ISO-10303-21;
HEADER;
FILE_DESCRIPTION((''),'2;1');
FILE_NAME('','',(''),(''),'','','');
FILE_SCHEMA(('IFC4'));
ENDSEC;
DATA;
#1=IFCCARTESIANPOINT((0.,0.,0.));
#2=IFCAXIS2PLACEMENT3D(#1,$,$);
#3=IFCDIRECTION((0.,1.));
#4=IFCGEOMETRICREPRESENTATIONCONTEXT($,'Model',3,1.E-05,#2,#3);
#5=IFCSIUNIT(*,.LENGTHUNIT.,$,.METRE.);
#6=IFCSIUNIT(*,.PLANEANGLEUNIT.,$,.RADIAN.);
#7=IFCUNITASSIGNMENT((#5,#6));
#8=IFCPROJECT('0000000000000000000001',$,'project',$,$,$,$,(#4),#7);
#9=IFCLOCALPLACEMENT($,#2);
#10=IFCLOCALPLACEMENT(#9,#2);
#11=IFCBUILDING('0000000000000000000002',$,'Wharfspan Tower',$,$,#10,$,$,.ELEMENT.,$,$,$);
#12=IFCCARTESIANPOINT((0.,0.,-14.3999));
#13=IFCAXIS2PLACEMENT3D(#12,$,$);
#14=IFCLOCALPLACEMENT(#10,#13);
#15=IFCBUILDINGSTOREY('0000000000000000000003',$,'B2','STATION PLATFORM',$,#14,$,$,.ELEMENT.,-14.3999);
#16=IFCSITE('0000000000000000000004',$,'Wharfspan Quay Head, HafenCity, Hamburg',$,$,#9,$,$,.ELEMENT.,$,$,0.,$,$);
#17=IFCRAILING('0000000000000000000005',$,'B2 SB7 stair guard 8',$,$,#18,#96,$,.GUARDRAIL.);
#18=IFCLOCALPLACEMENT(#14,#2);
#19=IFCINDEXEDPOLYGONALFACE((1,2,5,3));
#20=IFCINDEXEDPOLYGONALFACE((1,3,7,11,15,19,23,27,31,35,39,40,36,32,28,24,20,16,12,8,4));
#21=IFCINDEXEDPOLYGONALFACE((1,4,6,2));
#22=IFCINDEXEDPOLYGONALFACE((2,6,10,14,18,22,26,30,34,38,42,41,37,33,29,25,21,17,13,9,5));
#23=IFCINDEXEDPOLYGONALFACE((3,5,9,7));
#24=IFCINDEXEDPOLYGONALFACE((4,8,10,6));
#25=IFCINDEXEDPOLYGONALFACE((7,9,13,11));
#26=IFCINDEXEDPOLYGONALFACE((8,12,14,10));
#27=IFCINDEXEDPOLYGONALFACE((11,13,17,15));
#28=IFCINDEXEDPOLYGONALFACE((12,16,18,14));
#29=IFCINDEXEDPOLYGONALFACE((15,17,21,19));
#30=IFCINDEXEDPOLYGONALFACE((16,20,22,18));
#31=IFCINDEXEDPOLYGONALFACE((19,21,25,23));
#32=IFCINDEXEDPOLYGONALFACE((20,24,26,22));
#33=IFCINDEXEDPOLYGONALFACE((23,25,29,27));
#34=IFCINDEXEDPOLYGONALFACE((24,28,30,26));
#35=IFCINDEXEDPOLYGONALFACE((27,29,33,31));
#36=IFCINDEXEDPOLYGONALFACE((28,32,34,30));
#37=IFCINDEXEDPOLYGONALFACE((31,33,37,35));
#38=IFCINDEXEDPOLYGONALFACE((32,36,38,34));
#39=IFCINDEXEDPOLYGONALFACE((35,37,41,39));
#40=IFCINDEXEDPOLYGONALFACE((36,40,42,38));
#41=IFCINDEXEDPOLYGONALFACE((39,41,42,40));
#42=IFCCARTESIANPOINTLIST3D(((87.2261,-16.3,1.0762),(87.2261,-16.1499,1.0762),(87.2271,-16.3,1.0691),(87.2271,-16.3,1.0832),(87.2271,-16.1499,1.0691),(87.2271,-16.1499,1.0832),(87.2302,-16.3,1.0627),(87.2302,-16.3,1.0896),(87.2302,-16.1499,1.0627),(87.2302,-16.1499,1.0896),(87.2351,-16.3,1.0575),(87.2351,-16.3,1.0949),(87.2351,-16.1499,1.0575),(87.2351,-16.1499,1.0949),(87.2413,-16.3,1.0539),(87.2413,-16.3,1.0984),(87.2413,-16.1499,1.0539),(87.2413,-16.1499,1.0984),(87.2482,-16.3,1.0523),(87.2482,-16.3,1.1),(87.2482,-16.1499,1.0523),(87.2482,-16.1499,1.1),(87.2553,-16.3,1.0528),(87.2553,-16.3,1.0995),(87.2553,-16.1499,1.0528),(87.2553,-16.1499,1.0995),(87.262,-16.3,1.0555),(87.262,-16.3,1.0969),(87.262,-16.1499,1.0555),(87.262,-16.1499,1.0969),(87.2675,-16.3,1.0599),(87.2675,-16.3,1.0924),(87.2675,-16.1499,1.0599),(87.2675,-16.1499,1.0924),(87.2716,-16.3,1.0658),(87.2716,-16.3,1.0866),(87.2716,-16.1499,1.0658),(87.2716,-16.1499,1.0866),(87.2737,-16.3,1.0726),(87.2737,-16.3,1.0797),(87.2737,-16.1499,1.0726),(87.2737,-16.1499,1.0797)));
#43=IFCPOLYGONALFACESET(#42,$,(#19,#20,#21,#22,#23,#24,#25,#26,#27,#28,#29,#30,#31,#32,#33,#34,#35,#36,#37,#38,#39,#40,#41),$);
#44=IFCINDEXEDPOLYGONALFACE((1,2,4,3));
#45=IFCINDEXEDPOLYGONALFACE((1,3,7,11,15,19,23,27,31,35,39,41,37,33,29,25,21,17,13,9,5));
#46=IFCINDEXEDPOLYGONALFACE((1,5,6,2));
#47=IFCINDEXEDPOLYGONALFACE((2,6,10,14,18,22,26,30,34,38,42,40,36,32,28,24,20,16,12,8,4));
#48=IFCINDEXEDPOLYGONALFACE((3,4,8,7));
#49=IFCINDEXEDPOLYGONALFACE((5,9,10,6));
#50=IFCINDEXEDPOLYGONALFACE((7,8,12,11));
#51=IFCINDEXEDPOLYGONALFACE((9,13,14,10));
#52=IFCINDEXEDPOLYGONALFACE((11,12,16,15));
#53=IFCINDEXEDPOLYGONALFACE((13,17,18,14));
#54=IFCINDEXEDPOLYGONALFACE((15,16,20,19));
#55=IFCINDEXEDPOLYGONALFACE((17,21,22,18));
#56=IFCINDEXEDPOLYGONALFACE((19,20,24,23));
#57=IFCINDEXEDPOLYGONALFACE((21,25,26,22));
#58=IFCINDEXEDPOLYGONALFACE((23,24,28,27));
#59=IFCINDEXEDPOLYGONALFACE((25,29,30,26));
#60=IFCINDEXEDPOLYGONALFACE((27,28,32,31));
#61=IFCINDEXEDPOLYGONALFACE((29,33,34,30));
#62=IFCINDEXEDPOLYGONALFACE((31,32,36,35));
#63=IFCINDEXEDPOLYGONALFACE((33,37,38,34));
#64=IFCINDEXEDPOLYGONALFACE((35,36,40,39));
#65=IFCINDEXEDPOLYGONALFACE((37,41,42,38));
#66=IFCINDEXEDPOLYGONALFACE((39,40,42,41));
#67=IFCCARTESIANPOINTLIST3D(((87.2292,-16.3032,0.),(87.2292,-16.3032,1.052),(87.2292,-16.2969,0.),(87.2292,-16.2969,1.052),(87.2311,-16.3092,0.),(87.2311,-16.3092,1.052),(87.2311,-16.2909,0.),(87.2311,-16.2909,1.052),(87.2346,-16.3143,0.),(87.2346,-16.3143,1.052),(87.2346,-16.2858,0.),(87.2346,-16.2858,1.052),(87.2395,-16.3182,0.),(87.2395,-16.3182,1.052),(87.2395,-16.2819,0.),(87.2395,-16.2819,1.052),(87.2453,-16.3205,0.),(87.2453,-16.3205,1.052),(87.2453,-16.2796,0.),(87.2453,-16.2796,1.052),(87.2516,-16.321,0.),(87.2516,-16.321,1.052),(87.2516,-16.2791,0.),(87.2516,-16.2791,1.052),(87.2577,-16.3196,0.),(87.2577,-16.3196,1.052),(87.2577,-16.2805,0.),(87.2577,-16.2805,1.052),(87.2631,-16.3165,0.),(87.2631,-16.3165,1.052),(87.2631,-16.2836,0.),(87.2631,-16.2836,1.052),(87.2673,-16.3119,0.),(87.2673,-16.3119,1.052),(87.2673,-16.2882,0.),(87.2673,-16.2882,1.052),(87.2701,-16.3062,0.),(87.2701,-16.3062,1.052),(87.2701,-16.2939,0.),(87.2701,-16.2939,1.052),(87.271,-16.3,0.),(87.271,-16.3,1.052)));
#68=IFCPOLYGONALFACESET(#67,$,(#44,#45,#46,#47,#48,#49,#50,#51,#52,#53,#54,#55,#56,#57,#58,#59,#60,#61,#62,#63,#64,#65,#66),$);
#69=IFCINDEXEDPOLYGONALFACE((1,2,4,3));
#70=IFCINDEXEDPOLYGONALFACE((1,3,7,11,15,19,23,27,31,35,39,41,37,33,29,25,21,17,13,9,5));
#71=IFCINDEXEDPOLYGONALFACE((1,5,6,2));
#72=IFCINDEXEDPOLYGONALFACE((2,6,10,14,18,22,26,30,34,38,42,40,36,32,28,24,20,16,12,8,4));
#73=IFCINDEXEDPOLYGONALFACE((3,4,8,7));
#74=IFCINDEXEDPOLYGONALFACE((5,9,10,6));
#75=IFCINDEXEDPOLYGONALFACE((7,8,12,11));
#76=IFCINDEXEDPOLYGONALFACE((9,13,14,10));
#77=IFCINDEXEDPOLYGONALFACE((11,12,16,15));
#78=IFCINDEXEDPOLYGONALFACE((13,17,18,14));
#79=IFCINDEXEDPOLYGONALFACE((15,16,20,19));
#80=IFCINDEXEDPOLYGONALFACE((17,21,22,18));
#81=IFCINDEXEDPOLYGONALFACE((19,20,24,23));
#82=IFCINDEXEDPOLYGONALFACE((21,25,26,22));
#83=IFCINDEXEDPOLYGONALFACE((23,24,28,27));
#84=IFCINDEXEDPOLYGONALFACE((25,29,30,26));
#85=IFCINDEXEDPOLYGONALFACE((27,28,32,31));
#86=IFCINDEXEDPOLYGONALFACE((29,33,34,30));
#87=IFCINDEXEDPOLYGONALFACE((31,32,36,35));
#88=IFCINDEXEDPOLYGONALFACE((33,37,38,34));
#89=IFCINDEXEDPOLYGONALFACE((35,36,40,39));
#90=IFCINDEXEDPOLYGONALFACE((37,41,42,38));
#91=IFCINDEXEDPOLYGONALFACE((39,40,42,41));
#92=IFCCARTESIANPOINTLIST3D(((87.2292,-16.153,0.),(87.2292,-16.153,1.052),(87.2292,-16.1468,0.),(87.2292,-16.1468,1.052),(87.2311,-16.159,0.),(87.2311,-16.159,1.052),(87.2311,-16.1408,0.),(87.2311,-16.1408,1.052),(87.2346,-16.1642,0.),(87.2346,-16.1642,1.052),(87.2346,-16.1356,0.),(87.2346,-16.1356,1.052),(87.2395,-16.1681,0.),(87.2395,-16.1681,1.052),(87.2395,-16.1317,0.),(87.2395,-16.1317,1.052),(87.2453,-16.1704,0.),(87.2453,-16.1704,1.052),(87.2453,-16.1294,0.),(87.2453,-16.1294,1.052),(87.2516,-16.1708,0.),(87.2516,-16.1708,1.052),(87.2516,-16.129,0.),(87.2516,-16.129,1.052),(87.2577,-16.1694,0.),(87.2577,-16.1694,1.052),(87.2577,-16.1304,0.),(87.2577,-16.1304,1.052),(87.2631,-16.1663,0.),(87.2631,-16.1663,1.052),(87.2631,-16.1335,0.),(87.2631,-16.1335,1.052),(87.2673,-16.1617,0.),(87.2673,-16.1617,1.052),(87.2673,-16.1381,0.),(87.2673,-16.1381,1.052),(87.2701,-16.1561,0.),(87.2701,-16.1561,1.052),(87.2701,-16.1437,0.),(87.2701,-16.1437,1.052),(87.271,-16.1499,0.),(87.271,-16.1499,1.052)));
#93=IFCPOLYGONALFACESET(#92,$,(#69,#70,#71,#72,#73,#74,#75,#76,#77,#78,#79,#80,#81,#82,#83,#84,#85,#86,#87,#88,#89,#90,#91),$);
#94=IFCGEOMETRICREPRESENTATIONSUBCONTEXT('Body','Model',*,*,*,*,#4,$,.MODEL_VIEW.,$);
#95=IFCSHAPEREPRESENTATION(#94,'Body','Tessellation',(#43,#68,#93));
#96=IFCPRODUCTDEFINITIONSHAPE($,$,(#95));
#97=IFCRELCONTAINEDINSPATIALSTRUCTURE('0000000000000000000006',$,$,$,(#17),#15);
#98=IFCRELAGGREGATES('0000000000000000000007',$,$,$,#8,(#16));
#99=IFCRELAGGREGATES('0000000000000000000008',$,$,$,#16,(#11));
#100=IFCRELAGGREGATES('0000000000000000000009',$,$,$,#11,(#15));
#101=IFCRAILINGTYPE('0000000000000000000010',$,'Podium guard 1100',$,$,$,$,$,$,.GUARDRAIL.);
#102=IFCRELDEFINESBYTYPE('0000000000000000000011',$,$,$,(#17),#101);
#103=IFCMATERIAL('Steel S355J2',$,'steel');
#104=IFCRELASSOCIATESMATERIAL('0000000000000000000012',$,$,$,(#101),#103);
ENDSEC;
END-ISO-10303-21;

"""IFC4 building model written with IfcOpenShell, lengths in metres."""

from ifc_helpers import new_model, si_unit, direction, frame, origin, origin_2d, place, context, subcontext, project, spatial, circle, extrude, material, type_object, element, save


model = new_model("IFC4")

# Units and contexts
model_context = context("Model", 3, precision=1e-05, world=origin(), true_north=direction((0.0, 1.0)))
body_context = subcontext(model_context, "Body", "Model", "MODEL_VIEW")
ifc_project = project(units=[si_unit("LENGTHUNIT", "METRE"), si_unit("PLANEANGLEUNIT", "RADIAN")], contexts=[model_context])

# Site, building, storey
site_placement = place(None, origin())
site = spatial("IfcSite", under=ifc_project, at=site_placement, Name="Wharfspan Quay Head, HafenCity, Hamburg", CompositionType="ELEMENT", RefElevation=0.0)
building_placement = place(site_placement, origin())
building = spatial("IfcBuilding", under=site, at=building_placement, Name="Wharfspan Tower", CompositionType="ELEMENT")
storey_placement = place(building_placement, frame((0.0, 0.0, -14.3999)))
storey = spatial("IfcBuildingStorey", under=building, at=storey_placement, Name="B2", Description="STATION PLATFORM", CompositionType="ELEMENT", Elevation=-14.3999)

# Railing
ifc_material_1 = material(Name="Steel S355J2", Category="steel")
railing_type_1 = type_object("IfcRailingType", Name="Podium guard 1100", PredefinedType="GUARDRAIL", material=ifc_material_1)
railing_1_placement = place(storey_placement, frame((87.25, -16.3, 0.0)))
element("IfcRailing", 1, at=railing_1_placement, inside=storey, type_object=railing_type_1, Name="B2 SB7 stair guard 8", PredefinedType="GUARDRAIL", context=body_context, shape_type="SweptSolid", body=[
    extrude(circle(Radius=0.0239, at=origin_2d()), frame((0.0, 0.0, 1.0762), z_axis=(0.0, 1.0, 0.0), x_axis=(-1.0, 0.0, 0.0)), (0.0, 0.0, 1.0), 0.1501),
    extrude(circle(Radius=0.021, at=origin_2d()), origin(), (0.0, 0.0, 1.0), 1.052),
    extrude(circle(Radius=0.021, at=origin_2d()), frame((0.0, 0.1501, 0.0)), (0.0, 0.0, 1.0), 1.052),
])

save(model, "model.ifc")
